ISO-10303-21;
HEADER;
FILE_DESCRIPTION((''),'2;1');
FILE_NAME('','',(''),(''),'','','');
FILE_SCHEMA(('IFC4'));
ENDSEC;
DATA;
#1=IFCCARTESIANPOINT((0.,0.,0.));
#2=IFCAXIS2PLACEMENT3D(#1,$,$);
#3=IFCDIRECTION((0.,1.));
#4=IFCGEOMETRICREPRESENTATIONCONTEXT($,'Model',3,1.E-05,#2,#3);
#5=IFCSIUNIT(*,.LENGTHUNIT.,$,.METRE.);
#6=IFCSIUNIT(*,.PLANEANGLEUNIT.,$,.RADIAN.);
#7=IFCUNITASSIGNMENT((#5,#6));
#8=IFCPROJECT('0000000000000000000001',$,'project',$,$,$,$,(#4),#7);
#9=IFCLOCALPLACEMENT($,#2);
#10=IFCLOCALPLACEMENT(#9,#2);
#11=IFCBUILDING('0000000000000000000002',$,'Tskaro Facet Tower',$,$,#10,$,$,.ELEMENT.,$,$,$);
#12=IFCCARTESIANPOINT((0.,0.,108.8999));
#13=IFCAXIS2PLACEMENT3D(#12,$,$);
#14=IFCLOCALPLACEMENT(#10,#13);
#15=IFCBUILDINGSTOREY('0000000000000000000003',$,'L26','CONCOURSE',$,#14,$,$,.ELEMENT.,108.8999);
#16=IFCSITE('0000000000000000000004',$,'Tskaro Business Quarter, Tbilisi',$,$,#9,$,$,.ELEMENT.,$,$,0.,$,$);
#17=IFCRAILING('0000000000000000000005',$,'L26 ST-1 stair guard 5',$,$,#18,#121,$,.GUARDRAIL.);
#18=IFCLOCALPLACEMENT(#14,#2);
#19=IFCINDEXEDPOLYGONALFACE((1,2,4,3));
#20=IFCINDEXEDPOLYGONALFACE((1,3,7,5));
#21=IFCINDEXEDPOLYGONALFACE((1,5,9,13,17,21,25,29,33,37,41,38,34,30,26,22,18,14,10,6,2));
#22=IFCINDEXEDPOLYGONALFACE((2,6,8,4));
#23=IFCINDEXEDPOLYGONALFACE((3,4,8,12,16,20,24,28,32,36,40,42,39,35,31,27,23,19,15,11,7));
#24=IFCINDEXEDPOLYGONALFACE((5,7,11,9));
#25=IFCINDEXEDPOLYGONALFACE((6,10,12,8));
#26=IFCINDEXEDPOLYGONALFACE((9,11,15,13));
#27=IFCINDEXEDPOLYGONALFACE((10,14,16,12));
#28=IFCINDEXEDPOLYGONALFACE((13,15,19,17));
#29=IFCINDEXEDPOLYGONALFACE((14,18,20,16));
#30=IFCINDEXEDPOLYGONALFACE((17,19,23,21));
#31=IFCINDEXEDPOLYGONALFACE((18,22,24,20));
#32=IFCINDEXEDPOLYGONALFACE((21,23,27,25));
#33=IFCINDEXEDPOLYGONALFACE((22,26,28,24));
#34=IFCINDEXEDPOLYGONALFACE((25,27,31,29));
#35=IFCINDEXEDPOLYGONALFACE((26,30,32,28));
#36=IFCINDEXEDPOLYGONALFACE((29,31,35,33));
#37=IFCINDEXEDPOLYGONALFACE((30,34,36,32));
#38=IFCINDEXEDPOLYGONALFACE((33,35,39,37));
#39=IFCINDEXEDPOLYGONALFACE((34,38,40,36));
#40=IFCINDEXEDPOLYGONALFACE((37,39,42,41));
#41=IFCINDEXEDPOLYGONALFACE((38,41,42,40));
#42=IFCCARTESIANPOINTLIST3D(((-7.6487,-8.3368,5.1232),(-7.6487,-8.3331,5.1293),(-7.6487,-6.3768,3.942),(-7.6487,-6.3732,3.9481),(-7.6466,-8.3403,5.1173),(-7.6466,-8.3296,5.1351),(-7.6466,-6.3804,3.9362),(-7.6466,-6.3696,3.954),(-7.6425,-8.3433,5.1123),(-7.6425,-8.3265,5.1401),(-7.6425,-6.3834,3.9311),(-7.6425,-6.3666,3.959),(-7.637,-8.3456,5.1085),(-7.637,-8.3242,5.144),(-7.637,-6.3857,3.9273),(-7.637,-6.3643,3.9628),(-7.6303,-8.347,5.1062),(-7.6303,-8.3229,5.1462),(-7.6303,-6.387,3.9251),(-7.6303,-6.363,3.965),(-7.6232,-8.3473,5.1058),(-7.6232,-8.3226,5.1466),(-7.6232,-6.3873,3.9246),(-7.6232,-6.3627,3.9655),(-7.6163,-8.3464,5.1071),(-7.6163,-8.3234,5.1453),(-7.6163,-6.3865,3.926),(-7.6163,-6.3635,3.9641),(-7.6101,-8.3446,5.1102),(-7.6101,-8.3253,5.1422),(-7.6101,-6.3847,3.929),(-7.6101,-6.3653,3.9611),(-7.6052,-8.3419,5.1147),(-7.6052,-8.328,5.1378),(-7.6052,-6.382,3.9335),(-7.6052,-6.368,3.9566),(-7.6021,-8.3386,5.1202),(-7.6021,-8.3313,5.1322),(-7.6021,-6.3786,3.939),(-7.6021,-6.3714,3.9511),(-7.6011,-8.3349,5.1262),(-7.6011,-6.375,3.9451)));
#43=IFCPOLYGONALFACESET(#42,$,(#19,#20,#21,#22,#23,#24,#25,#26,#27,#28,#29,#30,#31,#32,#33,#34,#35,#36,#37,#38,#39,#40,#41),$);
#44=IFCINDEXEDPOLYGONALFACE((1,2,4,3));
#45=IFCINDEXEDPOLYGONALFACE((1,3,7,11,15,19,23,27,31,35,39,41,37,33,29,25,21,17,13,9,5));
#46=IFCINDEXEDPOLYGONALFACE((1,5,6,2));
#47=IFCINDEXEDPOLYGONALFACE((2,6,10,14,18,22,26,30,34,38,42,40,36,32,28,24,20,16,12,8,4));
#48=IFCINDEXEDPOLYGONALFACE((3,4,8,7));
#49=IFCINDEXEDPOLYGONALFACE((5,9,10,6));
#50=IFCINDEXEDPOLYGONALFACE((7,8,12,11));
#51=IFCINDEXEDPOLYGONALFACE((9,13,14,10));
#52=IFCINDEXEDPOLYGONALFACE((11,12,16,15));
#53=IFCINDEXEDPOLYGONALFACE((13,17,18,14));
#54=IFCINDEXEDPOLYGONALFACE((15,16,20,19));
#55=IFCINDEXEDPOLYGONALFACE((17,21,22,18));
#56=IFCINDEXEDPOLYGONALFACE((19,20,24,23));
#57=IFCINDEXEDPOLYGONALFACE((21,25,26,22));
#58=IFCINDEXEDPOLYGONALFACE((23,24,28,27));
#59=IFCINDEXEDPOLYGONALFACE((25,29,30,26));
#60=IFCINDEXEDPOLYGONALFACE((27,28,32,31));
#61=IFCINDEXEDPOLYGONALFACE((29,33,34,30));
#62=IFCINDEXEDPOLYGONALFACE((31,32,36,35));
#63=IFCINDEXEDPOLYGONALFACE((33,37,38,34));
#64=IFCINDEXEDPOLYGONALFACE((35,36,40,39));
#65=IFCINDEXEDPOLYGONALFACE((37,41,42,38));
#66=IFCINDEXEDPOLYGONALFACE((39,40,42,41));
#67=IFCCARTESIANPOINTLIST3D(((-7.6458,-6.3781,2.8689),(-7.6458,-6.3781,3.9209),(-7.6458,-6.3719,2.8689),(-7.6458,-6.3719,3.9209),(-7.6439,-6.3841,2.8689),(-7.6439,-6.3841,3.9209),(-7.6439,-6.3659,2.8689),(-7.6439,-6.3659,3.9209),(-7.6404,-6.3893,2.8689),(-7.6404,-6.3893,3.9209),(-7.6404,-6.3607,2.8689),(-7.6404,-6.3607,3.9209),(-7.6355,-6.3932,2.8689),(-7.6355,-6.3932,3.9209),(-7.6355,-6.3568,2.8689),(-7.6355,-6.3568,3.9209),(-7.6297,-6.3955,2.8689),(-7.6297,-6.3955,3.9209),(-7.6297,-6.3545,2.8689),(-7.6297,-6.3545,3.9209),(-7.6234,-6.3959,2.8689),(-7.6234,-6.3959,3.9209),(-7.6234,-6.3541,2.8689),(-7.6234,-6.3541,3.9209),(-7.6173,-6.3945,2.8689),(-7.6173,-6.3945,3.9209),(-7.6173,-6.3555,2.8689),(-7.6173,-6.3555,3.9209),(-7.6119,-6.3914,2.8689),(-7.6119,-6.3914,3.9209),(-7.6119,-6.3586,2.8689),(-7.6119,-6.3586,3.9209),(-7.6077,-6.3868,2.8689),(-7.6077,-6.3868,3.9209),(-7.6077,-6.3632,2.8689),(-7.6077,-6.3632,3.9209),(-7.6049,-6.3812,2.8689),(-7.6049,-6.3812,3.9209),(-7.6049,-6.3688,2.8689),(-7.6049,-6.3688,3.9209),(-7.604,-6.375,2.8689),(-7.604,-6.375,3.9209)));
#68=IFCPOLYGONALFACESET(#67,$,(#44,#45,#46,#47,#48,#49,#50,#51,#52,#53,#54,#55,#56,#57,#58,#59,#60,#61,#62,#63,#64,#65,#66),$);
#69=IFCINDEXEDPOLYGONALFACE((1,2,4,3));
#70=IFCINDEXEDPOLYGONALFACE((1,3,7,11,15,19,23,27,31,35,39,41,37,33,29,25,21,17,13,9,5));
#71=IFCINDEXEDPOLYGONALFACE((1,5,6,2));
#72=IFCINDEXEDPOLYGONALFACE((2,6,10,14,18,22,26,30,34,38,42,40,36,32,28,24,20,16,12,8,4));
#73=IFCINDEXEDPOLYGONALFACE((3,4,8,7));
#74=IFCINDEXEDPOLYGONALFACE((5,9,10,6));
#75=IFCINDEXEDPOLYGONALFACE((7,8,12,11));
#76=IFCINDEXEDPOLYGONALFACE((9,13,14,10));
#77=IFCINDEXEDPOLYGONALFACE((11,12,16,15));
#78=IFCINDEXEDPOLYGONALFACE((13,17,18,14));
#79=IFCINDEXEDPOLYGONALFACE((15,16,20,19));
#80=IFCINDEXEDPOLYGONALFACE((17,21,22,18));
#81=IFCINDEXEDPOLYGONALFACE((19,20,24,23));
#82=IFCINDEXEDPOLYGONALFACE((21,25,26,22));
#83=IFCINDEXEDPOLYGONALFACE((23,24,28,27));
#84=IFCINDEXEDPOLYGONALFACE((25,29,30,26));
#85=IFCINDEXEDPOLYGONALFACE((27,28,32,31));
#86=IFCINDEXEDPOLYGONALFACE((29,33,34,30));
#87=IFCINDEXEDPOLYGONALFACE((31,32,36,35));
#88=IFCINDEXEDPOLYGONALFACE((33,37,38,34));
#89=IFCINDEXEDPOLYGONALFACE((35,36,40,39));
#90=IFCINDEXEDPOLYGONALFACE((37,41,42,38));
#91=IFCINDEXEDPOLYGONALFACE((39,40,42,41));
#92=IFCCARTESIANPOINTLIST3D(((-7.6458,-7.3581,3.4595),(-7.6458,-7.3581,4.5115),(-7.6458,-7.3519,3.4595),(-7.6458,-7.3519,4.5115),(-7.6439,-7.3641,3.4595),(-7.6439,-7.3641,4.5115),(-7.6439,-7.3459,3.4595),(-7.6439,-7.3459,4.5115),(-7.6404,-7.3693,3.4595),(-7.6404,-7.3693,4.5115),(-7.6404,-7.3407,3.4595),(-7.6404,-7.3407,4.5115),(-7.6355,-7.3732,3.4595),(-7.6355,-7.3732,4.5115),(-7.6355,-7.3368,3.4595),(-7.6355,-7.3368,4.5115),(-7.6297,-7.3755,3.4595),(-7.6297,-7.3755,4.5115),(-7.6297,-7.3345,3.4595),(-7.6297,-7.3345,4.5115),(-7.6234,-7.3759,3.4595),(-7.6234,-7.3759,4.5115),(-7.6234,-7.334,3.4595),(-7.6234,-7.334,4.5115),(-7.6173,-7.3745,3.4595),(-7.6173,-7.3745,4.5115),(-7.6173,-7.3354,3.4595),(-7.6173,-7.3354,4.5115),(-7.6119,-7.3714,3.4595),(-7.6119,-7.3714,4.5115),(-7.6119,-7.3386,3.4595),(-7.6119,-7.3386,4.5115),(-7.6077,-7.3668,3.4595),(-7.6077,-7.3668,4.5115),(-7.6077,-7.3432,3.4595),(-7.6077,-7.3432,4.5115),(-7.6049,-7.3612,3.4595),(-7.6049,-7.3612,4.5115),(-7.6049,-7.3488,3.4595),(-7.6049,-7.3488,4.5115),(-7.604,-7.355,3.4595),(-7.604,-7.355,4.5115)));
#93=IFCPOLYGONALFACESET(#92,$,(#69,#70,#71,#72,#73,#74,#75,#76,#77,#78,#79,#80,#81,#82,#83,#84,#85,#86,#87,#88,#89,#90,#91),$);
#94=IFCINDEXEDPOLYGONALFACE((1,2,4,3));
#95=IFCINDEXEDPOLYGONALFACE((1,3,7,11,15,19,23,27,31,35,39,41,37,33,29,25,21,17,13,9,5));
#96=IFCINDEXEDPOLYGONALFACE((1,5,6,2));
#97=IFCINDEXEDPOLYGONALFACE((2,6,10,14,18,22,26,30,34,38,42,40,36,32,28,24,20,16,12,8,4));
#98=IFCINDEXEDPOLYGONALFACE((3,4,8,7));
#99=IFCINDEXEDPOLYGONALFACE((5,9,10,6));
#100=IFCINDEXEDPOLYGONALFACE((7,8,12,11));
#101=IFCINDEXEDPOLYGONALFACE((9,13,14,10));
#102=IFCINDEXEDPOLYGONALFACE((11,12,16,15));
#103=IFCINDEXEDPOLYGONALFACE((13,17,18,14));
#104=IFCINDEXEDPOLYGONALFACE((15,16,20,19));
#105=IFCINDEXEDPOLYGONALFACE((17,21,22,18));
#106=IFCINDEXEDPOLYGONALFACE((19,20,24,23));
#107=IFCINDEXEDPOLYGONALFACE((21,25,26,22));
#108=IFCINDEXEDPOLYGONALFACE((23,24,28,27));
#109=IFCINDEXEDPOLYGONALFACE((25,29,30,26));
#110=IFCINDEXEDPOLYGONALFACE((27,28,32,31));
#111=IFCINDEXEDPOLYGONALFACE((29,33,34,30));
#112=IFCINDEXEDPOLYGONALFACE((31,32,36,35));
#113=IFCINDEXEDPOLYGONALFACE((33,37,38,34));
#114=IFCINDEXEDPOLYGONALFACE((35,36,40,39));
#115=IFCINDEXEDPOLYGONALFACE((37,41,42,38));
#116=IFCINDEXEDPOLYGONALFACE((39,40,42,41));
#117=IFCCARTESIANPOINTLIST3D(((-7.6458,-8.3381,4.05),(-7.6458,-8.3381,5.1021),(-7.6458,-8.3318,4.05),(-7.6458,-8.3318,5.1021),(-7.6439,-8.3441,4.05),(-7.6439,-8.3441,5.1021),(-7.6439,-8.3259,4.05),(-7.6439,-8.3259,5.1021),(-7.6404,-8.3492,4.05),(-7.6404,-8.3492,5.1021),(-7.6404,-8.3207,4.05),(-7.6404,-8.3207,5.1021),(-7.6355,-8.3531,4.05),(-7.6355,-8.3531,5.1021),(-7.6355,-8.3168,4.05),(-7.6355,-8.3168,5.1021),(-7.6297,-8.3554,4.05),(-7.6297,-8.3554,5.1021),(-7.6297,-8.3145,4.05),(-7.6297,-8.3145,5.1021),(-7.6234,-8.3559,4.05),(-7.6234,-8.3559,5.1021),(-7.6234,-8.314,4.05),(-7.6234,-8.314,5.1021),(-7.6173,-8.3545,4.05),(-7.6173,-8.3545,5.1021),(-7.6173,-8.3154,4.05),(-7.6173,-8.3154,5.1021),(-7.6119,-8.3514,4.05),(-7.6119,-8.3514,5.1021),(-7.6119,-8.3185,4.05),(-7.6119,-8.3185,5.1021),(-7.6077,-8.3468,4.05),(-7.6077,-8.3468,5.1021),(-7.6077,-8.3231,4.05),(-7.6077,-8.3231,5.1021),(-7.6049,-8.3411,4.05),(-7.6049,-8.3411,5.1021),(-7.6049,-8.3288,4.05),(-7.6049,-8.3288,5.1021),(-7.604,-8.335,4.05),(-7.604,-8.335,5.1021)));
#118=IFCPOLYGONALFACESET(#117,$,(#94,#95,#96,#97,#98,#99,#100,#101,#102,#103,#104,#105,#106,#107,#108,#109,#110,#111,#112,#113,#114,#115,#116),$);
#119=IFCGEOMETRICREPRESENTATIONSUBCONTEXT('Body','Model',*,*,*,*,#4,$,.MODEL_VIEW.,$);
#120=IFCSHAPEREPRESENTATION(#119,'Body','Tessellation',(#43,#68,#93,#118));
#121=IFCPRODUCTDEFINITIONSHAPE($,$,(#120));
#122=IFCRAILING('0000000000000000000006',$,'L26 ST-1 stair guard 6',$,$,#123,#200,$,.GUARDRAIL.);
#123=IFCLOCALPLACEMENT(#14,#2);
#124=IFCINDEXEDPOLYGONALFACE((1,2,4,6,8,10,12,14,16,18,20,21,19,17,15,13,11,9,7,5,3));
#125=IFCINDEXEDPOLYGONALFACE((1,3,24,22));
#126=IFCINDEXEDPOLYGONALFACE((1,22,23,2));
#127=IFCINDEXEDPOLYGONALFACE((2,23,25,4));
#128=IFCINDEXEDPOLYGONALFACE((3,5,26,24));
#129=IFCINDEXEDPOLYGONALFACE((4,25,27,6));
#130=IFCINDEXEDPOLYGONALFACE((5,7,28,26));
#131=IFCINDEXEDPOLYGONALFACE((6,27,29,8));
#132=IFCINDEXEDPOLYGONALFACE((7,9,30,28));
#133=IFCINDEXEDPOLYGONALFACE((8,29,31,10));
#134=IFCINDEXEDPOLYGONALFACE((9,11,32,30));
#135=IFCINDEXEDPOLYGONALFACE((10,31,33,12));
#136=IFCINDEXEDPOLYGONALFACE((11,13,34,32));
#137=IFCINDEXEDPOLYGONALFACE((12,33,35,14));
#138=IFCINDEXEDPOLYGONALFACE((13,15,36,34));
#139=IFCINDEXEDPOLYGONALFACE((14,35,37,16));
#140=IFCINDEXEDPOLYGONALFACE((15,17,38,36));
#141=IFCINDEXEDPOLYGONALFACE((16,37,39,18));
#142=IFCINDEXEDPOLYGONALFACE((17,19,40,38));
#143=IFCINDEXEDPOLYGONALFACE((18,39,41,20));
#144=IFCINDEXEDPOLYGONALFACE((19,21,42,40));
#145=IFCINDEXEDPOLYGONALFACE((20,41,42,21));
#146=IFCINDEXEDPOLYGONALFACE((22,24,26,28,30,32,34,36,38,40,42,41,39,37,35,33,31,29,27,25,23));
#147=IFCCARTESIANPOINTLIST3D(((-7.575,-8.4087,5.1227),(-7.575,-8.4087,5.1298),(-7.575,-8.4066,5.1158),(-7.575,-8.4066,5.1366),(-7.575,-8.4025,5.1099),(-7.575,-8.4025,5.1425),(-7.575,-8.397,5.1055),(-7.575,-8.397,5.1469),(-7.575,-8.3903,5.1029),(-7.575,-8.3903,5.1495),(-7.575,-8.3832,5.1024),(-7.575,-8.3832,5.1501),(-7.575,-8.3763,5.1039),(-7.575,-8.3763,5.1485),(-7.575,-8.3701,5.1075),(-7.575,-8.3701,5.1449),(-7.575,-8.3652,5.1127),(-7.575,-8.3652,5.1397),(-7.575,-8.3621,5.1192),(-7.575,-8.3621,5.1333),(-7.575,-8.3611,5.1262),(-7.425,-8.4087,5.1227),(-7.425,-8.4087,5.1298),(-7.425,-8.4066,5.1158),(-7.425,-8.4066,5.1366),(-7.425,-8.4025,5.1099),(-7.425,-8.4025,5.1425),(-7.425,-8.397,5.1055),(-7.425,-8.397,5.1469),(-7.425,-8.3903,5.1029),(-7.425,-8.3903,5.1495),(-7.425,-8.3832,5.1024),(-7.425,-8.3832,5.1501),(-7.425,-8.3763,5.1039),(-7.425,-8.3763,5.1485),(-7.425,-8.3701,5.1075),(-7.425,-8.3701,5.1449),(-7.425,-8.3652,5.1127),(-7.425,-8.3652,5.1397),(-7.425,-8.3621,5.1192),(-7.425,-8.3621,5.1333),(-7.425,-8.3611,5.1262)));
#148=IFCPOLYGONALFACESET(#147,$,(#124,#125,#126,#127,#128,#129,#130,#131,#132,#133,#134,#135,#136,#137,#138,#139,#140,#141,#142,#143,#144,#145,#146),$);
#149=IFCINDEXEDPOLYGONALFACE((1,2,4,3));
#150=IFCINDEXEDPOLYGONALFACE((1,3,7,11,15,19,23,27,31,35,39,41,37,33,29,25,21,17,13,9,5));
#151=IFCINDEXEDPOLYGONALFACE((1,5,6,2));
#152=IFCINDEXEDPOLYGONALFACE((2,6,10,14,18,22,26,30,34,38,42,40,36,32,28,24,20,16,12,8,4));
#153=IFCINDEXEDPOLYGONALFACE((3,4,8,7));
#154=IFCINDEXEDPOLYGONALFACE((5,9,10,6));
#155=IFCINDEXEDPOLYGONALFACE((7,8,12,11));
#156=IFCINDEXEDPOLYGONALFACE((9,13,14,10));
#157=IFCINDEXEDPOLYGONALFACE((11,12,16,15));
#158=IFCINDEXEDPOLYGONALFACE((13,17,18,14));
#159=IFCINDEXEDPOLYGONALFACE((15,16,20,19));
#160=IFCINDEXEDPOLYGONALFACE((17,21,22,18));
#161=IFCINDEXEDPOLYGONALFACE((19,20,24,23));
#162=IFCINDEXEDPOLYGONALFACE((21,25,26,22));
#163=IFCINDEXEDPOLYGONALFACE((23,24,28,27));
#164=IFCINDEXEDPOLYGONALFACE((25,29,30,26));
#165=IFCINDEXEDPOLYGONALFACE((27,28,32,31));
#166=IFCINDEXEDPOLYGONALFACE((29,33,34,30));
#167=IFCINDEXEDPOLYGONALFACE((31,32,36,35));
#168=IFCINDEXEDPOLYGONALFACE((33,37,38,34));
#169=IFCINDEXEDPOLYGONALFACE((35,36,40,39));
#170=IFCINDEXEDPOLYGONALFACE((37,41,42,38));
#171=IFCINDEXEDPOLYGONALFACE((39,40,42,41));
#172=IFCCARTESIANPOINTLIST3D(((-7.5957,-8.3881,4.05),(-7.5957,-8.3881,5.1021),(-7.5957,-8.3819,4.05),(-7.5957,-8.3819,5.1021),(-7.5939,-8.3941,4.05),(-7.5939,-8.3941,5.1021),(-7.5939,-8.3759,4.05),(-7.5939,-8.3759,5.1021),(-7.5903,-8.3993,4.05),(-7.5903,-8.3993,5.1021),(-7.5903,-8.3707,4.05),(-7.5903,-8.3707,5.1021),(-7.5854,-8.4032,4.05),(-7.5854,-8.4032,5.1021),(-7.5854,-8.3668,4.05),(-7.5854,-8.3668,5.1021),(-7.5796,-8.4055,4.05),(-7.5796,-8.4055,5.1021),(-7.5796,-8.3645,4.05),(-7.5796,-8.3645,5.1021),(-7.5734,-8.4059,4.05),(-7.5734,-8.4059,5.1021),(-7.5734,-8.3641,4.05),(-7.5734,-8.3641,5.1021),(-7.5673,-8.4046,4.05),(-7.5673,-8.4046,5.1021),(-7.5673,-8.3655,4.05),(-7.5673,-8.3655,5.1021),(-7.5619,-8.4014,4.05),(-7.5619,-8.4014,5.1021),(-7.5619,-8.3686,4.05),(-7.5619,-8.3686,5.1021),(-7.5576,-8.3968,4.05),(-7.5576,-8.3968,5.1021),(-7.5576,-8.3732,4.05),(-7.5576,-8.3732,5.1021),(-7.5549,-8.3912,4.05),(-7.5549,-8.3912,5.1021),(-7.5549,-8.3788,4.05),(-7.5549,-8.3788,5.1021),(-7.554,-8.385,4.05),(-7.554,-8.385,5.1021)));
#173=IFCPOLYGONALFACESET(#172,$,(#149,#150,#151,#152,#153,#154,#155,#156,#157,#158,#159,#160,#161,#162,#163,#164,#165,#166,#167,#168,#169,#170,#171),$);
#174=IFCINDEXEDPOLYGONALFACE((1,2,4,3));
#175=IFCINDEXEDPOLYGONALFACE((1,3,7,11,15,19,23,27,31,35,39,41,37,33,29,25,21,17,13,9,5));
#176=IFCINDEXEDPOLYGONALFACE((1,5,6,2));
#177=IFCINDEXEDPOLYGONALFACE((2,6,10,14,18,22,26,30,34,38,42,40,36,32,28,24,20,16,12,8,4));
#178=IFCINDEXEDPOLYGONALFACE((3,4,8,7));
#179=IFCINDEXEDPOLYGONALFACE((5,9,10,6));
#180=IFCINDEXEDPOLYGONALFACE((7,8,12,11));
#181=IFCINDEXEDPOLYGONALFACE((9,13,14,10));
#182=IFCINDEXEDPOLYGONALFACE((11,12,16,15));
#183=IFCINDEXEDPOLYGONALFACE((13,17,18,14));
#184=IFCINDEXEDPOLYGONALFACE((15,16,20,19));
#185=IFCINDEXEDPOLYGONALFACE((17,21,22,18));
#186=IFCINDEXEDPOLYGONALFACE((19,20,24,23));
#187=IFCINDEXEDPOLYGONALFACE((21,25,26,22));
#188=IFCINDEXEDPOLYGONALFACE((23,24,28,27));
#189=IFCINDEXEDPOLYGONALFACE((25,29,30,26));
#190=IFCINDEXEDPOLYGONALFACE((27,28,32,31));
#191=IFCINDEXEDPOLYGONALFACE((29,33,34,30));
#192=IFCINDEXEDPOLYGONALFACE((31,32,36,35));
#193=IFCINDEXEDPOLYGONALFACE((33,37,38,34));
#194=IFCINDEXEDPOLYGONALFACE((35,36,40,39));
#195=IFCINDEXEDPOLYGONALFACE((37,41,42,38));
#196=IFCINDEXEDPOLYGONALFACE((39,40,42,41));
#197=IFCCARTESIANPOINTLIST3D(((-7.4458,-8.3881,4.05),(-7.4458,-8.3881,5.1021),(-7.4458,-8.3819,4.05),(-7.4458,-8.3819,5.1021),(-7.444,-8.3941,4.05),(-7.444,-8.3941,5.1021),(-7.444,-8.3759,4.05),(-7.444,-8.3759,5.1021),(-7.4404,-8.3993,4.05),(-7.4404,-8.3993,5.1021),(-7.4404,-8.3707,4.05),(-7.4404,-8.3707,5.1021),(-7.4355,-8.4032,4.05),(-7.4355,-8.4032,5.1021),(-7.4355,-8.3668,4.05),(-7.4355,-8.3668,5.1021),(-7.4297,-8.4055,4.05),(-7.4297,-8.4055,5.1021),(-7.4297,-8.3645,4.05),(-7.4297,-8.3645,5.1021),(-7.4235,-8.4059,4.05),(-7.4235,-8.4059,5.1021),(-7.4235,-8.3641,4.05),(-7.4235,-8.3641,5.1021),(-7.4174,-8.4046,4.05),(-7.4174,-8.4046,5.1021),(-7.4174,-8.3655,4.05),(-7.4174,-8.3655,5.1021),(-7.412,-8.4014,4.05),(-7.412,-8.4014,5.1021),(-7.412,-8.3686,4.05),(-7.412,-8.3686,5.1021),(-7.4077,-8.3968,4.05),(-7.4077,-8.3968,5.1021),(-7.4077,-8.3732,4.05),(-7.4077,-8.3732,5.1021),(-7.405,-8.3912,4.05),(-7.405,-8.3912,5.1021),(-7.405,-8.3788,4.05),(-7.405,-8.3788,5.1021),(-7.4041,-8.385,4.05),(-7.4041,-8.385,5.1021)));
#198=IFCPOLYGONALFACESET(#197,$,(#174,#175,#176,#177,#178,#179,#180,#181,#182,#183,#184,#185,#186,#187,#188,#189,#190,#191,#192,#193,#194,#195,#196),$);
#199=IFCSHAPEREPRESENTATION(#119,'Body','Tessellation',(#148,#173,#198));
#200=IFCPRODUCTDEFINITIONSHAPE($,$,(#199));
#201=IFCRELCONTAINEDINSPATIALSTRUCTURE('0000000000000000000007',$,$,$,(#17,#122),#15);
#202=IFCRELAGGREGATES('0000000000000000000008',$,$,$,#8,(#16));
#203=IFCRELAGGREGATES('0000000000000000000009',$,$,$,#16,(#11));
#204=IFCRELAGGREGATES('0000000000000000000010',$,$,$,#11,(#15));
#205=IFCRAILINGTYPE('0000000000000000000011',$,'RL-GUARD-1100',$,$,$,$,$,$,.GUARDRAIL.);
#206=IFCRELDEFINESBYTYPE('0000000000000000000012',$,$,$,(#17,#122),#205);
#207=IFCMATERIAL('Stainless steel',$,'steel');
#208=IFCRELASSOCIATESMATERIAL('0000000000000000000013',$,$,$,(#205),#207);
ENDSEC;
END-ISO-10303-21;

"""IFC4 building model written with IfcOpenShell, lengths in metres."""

from ifc_helpers import new_model, si_unit, direction, frame, origin, origin_2d, place, context, subcontext, project, spatial, circle, extrude, material, type_object, element, save


model = new_model("IFC4")

# Units and contexts
model_context = context("Model", 3, precision=1e-05, world=origin(), true_north=direction((0.0, 1.0)))
body_context = subcontext(model_context, "Body", "Model", "MODEL_VIEW")
ifc_project = project(units=[si_unit("LENGTHUNIT", "METRE"), si_unit("PLANEANGLEUNIT", "RADIAN")], contexts=[model_context])

# Site, building, storey
site_placement = place(None, origin())
site = spatial("IfcSite", under=ifc_project, at=site_placement, Name="Tskaro Business Quarter, Tbilisi", CompositionType="ELEMENT", RefElevation=0.0)
building_placement = place(site_placement, origin())
building = spatial("IfcBuilding", under=site, at=building_placement, Name="Tskaro Facet Tower", CompositionType="ELEMENT")
storey_placement = place(building_placement, frame((0.0, 0.0, 108.8999)))
storey = spatial("IfcBuildingStorey", under=building, at=storey_placement, Name="L26", Description="CONCOURSE", CompositionType="ELEMENT", Elevation=108.8999)

# Shared definitions
ifc_material_1 = material(Name="Stainless steel", Category="steel")

# Railings
railing_type_1 = type_object("IfcRailingType", Name="RL-GUARD-1100", PredefinedType="GUARDRAIL", material=ifc_material_1)
railing_1_placement = place(storey_placement, frame((-7.625, -6.375, 2.8689)))
element("IfcRailing", 1, at=railing_1_placement, inside=storey, type_object=railing_type_1, Name="L26 ST-1 stair guard 5", PredefinedType="GUARDRAIL", context=body_context, shape_type="SweptSolid", body=[
    extrude(circle(Radius=0.0239, at=origin_2d()), frame((0.0, 0.0, 1.0762), z_axis=(0.0, -0.856493, 0.516158), x_axis=(1.0, 0.0, 0.0)), (0.0, 0.0, 1.0), 2.2883),
    extrude(circle(Radius=0.021, at=origin_2d()), origin(), (0.0, 0.0, 1.0), 1.052),
    extrude(circle(Radius=0.021, at=origin_2d()), frame((0.0, -0.98, 0.5906)), (0.0, 0.0, 1.0), 1.052),
    extrude(circle(Radius=0.021, at=origin_2d()), frame((0.0, -1.96, 1.1812)), (0.0, 0.0, 1.0), 1.052),
])
railing_2_placement = place(storey_placement, frame((-7.575, -8.385, 4.05)))
element("IfcRailing", 2, at=railing_2_placement, inside=storey, type_object=railing_type_1, Name="L26 ST-1 stair guard 6", PredefinedType="GUARDRAIL", context=body_context, shape_type="SweptSolid", body=[
    extrude(circle(Radius=0.0239, at=origin_2d()), frame((0.0, 0.0, 1.0762), z_axis=(1.0, 0.0, 0.0), x_axis=(0.0, 1.0, 0.0)), (0.0, 0.0, 1.0), 0.1499),
    extrude(circle(Radius=0.021, at=origin_2d()), origin(), (0.0, 0.0, 1.0), 1.052),
    extrude(circle(Radius=0.021, at=origin_2d()), frame((0.1499, 0.0, 0.0)), (0.0, 0.0, 1.0), 1.052),
])

save(model, "model.ifc")
